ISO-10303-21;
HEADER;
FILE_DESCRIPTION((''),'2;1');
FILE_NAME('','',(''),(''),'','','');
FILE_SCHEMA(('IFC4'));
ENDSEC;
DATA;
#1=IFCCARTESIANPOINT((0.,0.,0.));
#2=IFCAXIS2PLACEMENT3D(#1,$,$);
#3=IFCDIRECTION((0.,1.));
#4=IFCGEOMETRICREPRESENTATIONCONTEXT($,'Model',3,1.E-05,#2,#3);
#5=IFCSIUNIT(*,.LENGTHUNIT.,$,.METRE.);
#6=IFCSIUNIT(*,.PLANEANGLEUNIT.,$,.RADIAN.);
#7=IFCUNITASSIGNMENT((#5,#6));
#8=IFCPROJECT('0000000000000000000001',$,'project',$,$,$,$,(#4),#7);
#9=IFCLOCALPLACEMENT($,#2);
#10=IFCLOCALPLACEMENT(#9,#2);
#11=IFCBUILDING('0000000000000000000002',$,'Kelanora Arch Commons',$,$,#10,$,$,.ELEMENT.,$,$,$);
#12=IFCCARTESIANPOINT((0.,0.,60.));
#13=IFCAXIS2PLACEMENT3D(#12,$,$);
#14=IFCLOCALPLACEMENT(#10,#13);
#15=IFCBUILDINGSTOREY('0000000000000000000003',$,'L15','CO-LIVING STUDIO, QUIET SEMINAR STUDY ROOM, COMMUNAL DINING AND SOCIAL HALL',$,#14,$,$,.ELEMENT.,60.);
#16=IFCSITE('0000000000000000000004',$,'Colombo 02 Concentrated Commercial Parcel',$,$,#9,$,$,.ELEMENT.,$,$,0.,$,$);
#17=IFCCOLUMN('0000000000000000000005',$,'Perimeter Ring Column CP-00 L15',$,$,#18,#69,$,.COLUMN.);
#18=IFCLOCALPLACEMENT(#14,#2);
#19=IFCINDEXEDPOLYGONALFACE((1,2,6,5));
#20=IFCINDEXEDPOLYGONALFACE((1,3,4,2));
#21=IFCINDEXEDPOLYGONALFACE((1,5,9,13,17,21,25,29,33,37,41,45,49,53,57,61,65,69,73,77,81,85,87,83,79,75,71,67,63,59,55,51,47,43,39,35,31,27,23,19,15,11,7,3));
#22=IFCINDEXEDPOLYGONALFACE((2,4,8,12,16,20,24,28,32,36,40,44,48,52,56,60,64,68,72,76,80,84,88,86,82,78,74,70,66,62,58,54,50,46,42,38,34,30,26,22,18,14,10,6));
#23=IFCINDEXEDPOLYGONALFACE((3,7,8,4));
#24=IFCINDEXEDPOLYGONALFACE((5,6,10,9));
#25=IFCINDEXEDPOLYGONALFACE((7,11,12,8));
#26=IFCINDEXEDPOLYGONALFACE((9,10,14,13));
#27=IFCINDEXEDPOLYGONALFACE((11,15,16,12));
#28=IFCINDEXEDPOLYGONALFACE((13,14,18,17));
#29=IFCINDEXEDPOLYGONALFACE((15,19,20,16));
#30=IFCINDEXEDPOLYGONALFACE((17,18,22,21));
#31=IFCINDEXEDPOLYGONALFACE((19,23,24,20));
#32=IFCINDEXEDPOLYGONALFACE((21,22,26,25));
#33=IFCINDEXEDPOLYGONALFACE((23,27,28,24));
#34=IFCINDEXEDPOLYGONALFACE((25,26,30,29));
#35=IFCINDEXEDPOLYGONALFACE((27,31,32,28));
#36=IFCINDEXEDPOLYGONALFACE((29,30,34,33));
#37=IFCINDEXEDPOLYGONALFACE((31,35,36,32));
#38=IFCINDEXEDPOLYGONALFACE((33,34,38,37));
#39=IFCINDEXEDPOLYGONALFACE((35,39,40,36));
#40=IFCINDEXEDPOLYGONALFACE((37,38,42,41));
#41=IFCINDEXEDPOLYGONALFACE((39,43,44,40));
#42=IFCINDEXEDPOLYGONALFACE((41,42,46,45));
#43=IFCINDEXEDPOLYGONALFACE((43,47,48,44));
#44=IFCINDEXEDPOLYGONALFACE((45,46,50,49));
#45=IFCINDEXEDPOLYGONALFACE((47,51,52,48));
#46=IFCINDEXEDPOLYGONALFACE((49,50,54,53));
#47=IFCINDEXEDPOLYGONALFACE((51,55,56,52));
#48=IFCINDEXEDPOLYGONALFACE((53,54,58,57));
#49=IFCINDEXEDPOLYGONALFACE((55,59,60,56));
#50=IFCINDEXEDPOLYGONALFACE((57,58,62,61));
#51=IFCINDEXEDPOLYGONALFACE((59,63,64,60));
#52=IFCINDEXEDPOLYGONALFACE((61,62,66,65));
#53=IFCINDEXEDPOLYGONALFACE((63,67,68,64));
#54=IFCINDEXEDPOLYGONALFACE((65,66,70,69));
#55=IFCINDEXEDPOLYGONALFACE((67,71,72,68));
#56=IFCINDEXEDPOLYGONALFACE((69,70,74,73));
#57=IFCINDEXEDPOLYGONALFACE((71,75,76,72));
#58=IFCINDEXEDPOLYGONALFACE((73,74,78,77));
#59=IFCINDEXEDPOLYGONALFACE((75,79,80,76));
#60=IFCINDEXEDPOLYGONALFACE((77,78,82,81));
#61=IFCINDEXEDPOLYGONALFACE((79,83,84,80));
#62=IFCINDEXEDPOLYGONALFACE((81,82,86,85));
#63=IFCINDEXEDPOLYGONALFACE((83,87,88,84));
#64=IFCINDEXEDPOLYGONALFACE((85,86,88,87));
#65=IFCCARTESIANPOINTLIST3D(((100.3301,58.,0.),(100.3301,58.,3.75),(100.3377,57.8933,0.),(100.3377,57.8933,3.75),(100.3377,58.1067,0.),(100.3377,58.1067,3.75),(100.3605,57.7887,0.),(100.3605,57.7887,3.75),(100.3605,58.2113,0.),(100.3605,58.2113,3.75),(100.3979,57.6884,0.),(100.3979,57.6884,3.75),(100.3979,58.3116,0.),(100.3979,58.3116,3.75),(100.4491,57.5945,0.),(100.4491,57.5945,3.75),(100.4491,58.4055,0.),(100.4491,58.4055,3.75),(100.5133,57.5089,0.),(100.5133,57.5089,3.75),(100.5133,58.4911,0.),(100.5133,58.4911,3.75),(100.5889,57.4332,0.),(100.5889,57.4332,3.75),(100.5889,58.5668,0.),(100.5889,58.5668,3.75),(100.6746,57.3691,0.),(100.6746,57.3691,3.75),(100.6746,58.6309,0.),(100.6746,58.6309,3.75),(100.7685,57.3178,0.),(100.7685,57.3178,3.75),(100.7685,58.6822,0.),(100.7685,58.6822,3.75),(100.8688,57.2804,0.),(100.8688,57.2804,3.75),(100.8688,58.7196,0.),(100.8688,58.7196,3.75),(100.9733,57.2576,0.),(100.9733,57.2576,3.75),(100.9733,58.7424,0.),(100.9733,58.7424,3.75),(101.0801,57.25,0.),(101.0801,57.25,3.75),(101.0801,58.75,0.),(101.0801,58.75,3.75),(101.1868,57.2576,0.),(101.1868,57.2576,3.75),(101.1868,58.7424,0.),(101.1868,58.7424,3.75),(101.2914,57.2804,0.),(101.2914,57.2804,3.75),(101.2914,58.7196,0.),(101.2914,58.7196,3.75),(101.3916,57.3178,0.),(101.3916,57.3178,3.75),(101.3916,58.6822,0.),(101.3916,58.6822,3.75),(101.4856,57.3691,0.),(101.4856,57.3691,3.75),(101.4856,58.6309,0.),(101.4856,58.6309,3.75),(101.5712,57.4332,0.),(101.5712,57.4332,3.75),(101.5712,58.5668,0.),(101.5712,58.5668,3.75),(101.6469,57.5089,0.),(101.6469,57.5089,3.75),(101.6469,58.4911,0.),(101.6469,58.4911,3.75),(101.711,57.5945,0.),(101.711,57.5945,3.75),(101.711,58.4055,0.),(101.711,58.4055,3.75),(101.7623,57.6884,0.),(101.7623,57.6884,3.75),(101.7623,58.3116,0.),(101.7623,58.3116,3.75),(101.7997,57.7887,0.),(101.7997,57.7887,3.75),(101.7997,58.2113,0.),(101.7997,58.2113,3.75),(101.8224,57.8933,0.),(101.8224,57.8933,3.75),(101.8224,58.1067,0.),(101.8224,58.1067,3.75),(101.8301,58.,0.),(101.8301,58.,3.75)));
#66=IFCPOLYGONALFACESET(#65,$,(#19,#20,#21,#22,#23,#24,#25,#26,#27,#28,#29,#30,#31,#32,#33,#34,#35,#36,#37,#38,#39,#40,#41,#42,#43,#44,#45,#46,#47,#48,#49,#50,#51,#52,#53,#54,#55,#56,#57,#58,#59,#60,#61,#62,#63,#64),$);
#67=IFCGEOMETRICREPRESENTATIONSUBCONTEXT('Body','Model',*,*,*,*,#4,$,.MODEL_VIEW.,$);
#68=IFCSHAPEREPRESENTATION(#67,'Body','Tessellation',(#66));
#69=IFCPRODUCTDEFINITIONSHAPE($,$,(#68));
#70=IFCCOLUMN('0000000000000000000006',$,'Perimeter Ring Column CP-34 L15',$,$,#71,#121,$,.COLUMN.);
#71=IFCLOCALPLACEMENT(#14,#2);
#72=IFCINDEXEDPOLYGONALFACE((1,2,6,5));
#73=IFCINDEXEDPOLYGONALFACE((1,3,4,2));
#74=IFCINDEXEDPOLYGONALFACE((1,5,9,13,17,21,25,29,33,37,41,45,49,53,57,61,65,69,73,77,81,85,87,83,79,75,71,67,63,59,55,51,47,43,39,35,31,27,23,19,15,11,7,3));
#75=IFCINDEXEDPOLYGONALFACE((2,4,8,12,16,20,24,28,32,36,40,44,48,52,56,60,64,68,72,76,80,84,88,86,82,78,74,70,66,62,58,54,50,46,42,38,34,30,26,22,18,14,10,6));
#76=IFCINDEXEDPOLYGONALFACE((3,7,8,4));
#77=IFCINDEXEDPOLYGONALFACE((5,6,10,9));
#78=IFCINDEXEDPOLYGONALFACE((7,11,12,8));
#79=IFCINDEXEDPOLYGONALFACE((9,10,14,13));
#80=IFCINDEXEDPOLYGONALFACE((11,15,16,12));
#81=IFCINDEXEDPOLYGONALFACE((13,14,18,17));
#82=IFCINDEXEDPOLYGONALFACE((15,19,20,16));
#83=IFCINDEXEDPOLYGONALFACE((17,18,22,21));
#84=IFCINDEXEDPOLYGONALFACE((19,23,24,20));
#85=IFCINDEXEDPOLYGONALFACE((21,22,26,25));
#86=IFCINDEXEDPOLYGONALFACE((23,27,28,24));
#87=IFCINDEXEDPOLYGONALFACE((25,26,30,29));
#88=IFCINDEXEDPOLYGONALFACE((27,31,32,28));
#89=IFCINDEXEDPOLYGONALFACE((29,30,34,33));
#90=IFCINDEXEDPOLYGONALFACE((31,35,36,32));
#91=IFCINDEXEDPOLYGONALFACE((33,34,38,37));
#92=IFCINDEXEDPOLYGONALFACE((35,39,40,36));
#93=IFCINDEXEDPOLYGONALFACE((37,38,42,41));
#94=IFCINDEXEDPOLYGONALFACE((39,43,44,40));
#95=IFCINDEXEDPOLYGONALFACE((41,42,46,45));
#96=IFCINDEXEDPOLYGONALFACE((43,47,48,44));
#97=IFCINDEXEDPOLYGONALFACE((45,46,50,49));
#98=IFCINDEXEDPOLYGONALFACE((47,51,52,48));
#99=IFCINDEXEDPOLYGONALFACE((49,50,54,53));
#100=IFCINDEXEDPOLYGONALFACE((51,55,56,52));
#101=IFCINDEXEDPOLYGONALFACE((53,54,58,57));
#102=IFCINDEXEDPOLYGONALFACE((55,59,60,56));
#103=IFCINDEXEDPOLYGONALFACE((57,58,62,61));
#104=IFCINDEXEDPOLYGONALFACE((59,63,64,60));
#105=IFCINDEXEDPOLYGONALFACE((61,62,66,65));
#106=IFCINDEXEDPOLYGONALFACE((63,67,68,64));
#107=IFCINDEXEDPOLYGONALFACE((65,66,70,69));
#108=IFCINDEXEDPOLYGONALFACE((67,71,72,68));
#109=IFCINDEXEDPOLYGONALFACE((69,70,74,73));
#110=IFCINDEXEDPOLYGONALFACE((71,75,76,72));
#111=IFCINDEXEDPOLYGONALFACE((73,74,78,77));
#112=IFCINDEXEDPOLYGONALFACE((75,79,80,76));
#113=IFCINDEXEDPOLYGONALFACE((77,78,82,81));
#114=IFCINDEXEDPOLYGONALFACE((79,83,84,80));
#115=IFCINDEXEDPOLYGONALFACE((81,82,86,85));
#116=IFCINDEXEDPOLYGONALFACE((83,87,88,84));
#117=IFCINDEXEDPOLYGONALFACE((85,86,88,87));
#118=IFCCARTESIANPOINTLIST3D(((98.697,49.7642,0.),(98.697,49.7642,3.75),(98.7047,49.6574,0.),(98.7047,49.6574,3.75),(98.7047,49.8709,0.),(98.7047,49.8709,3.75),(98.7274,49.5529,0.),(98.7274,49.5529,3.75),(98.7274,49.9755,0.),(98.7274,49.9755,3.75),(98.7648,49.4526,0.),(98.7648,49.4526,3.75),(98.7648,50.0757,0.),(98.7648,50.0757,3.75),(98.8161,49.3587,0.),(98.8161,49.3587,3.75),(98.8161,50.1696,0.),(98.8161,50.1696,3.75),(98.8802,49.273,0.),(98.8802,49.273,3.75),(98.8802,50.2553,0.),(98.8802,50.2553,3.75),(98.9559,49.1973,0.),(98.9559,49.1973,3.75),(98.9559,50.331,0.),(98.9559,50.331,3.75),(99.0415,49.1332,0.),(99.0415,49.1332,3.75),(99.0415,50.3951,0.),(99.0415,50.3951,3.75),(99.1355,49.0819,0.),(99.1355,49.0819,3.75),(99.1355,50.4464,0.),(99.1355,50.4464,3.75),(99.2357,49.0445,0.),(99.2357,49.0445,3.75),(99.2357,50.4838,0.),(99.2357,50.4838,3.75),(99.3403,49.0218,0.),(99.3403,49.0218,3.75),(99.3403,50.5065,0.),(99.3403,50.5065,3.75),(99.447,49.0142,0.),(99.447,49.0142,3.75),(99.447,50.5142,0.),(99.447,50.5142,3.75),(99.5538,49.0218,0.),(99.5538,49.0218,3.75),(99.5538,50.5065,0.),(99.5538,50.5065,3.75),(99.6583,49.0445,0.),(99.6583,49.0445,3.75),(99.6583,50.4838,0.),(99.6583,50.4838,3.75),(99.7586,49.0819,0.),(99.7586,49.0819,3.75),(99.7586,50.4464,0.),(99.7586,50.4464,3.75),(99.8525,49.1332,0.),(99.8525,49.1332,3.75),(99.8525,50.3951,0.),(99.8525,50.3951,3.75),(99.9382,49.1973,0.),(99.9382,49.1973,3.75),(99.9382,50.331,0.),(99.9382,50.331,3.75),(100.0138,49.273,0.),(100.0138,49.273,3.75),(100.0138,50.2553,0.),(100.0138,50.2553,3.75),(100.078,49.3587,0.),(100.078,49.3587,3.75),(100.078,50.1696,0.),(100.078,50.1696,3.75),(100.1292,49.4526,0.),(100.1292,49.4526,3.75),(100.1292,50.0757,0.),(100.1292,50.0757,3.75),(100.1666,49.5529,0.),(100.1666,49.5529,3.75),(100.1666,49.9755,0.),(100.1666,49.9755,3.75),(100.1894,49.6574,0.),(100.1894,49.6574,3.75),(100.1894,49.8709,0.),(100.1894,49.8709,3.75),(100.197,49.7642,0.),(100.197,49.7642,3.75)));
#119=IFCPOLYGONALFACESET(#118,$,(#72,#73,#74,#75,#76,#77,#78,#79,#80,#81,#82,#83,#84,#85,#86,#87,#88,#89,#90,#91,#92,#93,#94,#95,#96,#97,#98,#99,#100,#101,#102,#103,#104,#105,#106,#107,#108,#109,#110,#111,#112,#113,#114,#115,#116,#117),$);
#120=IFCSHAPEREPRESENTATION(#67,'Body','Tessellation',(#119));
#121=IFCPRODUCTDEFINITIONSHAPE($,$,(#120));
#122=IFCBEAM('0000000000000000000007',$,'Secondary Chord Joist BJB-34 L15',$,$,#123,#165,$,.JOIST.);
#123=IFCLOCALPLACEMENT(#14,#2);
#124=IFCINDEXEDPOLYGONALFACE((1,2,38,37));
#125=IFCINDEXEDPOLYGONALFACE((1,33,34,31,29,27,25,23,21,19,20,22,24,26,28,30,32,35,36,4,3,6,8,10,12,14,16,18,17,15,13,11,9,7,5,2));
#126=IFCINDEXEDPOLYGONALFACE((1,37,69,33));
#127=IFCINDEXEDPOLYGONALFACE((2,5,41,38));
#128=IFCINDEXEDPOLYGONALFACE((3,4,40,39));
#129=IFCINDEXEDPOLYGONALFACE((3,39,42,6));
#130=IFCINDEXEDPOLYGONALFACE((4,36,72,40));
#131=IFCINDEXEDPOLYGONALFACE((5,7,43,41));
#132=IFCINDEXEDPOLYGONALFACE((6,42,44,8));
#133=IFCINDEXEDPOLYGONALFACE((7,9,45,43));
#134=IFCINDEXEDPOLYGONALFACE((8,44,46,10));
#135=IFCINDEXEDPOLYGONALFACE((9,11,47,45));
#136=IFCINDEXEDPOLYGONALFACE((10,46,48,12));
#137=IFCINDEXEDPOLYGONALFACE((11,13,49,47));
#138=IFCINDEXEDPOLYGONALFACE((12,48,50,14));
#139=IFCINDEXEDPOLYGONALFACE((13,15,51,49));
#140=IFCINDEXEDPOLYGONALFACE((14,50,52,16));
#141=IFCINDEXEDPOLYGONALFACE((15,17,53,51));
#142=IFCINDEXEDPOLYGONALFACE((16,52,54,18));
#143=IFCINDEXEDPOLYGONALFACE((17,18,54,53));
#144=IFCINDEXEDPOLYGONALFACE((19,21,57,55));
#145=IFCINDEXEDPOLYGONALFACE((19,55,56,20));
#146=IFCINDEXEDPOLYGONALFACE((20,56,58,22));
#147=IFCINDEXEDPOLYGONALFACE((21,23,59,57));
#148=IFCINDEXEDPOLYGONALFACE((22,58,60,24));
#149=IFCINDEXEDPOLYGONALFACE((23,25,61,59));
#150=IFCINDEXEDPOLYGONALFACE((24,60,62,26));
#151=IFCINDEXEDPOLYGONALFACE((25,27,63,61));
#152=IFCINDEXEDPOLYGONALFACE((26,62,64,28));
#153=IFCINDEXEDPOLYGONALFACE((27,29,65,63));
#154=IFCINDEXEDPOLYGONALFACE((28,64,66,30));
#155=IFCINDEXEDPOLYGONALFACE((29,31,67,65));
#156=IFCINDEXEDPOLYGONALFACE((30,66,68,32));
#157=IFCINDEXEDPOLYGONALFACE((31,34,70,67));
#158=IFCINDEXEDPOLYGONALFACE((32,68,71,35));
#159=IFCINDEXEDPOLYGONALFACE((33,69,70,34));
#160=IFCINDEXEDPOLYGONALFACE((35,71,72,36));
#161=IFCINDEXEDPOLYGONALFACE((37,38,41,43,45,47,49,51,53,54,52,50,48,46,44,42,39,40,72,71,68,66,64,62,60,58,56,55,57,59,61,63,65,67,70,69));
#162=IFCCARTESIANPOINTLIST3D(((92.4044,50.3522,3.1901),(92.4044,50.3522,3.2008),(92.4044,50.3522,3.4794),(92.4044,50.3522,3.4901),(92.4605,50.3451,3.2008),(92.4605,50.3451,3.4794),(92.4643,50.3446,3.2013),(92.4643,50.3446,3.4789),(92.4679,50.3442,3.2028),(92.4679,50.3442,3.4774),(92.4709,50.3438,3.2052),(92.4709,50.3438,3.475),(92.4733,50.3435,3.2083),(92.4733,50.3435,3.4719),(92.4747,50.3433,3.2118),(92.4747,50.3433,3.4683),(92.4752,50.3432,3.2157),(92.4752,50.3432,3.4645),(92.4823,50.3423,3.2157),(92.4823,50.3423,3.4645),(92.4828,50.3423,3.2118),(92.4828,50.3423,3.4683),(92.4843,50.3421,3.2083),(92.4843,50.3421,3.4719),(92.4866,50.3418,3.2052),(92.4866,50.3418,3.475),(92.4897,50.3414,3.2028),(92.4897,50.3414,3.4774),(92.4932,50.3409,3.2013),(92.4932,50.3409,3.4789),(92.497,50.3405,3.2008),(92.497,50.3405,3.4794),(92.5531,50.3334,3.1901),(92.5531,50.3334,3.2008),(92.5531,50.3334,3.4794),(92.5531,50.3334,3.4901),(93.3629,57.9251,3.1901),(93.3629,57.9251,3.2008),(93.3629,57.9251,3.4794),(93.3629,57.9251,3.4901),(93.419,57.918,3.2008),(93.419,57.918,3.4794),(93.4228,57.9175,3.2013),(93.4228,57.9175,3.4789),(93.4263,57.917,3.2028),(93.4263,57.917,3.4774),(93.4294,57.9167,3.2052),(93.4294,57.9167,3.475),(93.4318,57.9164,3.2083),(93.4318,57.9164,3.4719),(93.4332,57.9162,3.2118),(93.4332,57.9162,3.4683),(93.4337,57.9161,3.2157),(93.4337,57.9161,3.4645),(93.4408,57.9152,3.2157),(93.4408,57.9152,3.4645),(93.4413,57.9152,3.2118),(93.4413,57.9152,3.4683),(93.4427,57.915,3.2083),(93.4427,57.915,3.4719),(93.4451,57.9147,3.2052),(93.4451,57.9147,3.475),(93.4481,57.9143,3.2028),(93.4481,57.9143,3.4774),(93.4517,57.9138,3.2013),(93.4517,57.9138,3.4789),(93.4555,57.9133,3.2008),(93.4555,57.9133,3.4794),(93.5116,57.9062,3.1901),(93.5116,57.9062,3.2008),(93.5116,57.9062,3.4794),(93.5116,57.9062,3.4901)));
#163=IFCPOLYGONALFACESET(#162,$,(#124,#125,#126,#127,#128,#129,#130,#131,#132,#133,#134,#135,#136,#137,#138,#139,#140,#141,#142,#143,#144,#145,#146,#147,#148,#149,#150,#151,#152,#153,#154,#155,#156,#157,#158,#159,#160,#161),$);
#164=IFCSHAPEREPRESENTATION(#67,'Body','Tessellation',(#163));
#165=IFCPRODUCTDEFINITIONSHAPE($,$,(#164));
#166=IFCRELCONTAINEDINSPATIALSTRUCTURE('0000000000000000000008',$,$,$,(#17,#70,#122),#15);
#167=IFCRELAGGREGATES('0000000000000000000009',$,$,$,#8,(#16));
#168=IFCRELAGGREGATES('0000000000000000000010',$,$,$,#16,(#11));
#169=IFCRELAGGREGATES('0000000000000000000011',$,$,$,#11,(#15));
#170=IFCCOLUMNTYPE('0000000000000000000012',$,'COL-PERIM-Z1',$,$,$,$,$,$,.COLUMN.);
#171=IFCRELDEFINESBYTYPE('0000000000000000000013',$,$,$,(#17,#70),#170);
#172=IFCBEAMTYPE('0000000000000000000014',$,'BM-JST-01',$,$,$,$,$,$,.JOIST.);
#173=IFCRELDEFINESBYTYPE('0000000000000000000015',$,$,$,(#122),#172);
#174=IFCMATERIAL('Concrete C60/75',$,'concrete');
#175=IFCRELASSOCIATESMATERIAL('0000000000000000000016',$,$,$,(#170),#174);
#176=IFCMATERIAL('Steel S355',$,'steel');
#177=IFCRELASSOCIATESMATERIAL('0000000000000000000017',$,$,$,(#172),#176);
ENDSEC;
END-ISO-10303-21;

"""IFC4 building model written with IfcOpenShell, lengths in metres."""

from ifc_helpers import new_model, si_unit, direction, frame, origin, origin_2d, place, context, subcontext, project, spatial, circle, i_section, extrude, material, material_profile, profile_set, type_object, element, save


model = new_model("IFC4")

# Units and contexts
model_context = context("Model", 3, precision=1e-05, world=origin(), true_north=direction((0.0, 1.0)))
body_context = subcontext(model_context, "Body", "Model", "MODEL_VIEW")
ifc_project = project(units=[si_unit("LENGTHUNIT", "METRE"), si_unit("PLANEANGLEUNIT", "RADIAN")], contexts=[model_context])

# Site, building, storey
site_placement = place(None, origin())
site = spatial("IfcSite", under=ifc_project, at=site_placement, Name="Colombo 02 Concentrated Commercial Parcel", CompositionType="ELEMENT", RefElevation=0.0)
building_placement = place(site_placement, origin())
building = spatial("IfcBuilding", under=site, at=building_placement, Name="Kelanora Arch Commons", CompositionType="ELEMENT")
storey_placement = place(building_placement, frame((0.0, 0.0, 60.0)))
storey = spatial("IfcBuildingStorey", under=building, at=storey_placement, Name="L15", Description="CO-LIVING STUDIO, QUIET SEMINAR STUDY ROOM, COMMUNAL DINING AND SOCIAL HALL", CompositionType="ELEMENT", Elevation=60.0)

# Columns
ifc_material_1 = material(Name="Concrete C60/75", Category="concrete")
ifc_material_profile_1 = material_profile(ifc_material_1, circle(Radius=0.75, at=origin_2d()), Name="RCC1500")
ifc_profile_set_1 = profile_set([ifc_material_profile_1], Name="Concrete C60/75")
column_type = type_object("IfcColumnType", Name="COL-PERIM-Z1", PredefinedType="COLUMN", material=ifc_profile_set_1)
for number, where, z_axis, x_axis, name in (
    (1, (101.0801, 58.0, 0.0), (0.0, 0.0, 1.0), (1.0, 0.0, 0.0), "Perimeter Ring Column CP-00 L15"),
    (2, (99.447, 49.7642, 0.0), (0.0, 0.0, 1.0), (1.0, 0.0, 0.0), "Perimeter Ring Column CP-34 L15"),
):
    element("IfcColumn", number, at=place(storey_placement, frame(where, z_axis=z_axis, x_axis=x_axis)), inside=storey, type_object=column_type, Name=name, PredefinedType="COLUMN", context=body_context, shape_type="SweptSolid", body=[
        extrude(circle(Radius=0.75, at=origin_2d()), origin(), (0.0, 0.0, 1.0), 3.75),
    ])

# Beam
ifc_material_2 = material(Name="Steel S355", Category="steel")
ifc_material_profile_2 = material_profile(ifc_material_2, i_section(OverallWidth=0.1499, OverallDepth=0.3, WebThickness=0.0071, FlangeThickness=0.0107, FilletRadius=0.0149, at=origin_2d()), Name="IPE300")
ifc_profile_set_2 = profile_set([ifc_material_profile_2], Name="Steel S355")
beam_type_1 = type_object("IfcBeamType", Name="BM-JST-01", PredefinedType="JOIST", material=ifc_profile_set_2)
beam_1_placement = place(storey_placement, frame((92.4788, 50.3428, 3.3401), z_axis=(0.125566, 0.992085, 0.0), x_axis=(-0.992085, 0.125566, 0.0)))
element("IfcBeam", 3, at=beam_1_placement, inside=storey, type_object=beam_type_1, Name="Secondary Chord Joist BJB-34 L15", PredefinedType="JOIST", context=body_context, shape_type="SweptSolid", body=[
    extrude(i_section(OverallWidth=0.1499, OverallDepth=0.3, WebThickness=0.0071, FlangeThickness=0.0107, FilletRadius=0.0149, at=origin_2d()), origin(), (0.0, 0.0, 1.0), 7.6333),
])

save(model, "model.ifc")
